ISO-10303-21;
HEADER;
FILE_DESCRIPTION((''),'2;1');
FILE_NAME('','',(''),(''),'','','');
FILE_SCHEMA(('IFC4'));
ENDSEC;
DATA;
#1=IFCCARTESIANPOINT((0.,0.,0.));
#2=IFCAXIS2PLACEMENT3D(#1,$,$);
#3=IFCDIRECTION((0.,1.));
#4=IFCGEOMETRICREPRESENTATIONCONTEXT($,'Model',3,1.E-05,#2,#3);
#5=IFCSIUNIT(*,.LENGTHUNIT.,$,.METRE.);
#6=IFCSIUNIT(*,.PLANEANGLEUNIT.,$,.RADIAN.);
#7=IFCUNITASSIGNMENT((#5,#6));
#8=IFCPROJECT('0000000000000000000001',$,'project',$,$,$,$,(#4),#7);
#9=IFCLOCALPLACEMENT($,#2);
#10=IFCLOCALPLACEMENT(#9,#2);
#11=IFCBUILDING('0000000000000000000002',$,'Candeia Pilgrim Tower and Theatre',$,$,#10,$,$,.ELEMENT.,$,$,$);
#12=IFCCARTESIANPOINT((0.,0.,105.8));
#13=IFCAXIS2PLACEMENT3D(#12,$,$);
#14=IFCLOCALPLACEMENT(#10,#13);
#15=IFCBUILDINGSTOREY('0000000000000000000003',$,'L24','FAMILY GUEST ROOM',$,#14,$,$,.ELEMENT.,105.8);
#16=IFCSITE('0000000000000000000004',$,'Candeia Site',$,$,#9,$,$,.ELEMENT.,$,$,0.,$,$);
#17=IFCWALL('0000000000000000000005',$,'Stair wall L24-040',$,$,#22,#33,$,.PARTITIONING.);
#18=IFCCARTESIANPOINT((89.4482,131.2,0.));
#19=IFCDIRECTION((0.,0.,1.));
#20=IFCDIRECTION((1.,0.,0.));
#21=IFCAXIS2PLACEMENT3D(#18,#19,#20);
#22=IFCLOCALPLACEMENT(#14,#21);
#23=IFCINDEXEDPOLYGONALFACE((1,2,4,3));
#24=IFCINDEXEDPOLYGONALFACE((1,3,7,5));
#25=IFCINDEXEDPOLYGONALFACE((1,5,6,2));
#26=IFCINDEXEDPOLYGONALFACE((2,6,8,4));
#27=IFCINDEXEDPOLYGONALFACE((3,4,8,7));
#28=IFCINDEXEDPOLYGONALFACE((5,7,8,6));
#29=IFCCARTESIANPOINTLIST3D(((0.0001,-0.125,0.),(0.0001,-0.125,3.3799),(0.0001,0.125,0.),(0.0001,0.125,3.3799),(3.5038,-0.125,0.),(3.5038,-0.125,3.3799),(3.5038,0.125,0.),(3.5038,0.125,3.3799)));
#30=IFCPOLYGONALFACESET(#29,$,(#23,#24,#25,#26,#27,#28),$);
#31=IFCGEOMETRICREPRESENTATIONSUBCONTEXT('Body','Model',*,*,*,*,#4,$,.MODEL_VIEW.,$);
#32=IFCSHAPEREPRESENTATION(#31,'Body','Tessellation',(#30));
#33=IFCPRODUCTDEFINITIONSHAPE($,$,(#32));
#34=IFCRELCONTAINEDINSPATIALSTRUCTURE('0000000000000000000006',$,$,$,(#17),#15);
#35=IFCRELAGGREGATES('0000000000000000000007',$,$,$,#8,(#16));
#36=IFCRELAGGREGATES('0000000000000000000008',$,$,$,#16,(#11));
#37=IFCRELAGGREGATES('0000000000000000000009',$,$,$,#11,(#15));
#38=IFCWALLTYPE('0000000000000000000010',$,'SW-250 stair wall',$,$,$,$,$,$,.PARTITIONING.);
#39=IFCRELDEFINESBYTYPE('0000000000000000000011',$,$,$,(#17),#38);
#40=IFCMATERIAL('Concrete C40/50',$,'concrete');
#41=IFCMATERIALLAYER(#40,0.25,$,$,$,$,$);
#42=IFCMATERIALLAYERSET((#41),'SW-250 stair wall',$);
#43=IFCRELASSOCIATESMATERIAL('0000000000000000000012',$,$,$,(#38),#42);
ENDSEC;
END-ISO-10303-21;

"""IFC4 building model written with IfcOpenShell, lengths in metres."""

from ifc_helpers import new_model, si_unit, direction, frame, frame_2d, origin, place, context, subcontext, project, spatial, rectangle, extrude, material, layer, layer_set, type_object, element, save


model = new_model("IFC4")

# Units and contexts
model_context = context("Model", 3, precision=1e-05, world=origin(), true_north=direction((0.0, 1.0)))
body_context = subcontext(model_context, "Body", "Model", "MODEL_VIEW")
ifc_project = project(units=[si_unit("LENGTHUNIT", "METRE"), si_unit("PLANEANGLEUNIT", "RADIAN")], contexts=[model_context])

# Site, building, storey
site_placement = place(None, origin())
site = spatial("IfcSite", under=ifc_project, at=site_placement, Name="Candeia Site", CompositionType="ELEMENT", RefElevation=0.0)
building_placement = place(site_placement, origin())
building = spatial("IfcBuilding", under=site, at=building_placement, Name="Candeia Pilgrim Tower and Theatre", CompositionType="ELEMENT")
storey_placement = place(building_placement, frame((0.0, 0.0, 105.8)))
storey = spatial("IfcBuildingStorey", under=building, at=storey_placement, Name="L24", Description="FAMILY GUEST ROOM", CompositionType="ELEMENT", Elevation=105.8)

# Wall
ifc_material_1 = material(Name="Concrete C40/50", Category="concrete")
ifc_layer_1 = layer(ifc_material_1, 0.25)
ifc_layer_set_1 = layer_set([ifc_layer_1], Name="SW-250 stair wall")
wall_type_1 = type_object("IfcWallType", Name="SW-250 stair wall", PredefinedType="PARTITIONING", material=ifc_layer_set_1)
wall_1_placement = place(storey_placement, frame((89.4482, 131.2, 0.0), z_axis=(0.0, 0.0, 1.0), x_axis=(1.0, 0.0, 0.0)))
element("IfcWall", 1, at=wall_1_placement, inside=storey, type_object=wall_type_1, Name="Stair wall L24-040", PredefinedType="PARTITIONING", context=body_context, shape_type="SweptSolid", body=[
    extrude(rectangle(XDim=3.5037, YDim=0.25, at=frame_2d((1.752, 0.0))), origin(), (0.0, 0.0, 1.0), 3.3799),
])

save(model, "model.ifc")
